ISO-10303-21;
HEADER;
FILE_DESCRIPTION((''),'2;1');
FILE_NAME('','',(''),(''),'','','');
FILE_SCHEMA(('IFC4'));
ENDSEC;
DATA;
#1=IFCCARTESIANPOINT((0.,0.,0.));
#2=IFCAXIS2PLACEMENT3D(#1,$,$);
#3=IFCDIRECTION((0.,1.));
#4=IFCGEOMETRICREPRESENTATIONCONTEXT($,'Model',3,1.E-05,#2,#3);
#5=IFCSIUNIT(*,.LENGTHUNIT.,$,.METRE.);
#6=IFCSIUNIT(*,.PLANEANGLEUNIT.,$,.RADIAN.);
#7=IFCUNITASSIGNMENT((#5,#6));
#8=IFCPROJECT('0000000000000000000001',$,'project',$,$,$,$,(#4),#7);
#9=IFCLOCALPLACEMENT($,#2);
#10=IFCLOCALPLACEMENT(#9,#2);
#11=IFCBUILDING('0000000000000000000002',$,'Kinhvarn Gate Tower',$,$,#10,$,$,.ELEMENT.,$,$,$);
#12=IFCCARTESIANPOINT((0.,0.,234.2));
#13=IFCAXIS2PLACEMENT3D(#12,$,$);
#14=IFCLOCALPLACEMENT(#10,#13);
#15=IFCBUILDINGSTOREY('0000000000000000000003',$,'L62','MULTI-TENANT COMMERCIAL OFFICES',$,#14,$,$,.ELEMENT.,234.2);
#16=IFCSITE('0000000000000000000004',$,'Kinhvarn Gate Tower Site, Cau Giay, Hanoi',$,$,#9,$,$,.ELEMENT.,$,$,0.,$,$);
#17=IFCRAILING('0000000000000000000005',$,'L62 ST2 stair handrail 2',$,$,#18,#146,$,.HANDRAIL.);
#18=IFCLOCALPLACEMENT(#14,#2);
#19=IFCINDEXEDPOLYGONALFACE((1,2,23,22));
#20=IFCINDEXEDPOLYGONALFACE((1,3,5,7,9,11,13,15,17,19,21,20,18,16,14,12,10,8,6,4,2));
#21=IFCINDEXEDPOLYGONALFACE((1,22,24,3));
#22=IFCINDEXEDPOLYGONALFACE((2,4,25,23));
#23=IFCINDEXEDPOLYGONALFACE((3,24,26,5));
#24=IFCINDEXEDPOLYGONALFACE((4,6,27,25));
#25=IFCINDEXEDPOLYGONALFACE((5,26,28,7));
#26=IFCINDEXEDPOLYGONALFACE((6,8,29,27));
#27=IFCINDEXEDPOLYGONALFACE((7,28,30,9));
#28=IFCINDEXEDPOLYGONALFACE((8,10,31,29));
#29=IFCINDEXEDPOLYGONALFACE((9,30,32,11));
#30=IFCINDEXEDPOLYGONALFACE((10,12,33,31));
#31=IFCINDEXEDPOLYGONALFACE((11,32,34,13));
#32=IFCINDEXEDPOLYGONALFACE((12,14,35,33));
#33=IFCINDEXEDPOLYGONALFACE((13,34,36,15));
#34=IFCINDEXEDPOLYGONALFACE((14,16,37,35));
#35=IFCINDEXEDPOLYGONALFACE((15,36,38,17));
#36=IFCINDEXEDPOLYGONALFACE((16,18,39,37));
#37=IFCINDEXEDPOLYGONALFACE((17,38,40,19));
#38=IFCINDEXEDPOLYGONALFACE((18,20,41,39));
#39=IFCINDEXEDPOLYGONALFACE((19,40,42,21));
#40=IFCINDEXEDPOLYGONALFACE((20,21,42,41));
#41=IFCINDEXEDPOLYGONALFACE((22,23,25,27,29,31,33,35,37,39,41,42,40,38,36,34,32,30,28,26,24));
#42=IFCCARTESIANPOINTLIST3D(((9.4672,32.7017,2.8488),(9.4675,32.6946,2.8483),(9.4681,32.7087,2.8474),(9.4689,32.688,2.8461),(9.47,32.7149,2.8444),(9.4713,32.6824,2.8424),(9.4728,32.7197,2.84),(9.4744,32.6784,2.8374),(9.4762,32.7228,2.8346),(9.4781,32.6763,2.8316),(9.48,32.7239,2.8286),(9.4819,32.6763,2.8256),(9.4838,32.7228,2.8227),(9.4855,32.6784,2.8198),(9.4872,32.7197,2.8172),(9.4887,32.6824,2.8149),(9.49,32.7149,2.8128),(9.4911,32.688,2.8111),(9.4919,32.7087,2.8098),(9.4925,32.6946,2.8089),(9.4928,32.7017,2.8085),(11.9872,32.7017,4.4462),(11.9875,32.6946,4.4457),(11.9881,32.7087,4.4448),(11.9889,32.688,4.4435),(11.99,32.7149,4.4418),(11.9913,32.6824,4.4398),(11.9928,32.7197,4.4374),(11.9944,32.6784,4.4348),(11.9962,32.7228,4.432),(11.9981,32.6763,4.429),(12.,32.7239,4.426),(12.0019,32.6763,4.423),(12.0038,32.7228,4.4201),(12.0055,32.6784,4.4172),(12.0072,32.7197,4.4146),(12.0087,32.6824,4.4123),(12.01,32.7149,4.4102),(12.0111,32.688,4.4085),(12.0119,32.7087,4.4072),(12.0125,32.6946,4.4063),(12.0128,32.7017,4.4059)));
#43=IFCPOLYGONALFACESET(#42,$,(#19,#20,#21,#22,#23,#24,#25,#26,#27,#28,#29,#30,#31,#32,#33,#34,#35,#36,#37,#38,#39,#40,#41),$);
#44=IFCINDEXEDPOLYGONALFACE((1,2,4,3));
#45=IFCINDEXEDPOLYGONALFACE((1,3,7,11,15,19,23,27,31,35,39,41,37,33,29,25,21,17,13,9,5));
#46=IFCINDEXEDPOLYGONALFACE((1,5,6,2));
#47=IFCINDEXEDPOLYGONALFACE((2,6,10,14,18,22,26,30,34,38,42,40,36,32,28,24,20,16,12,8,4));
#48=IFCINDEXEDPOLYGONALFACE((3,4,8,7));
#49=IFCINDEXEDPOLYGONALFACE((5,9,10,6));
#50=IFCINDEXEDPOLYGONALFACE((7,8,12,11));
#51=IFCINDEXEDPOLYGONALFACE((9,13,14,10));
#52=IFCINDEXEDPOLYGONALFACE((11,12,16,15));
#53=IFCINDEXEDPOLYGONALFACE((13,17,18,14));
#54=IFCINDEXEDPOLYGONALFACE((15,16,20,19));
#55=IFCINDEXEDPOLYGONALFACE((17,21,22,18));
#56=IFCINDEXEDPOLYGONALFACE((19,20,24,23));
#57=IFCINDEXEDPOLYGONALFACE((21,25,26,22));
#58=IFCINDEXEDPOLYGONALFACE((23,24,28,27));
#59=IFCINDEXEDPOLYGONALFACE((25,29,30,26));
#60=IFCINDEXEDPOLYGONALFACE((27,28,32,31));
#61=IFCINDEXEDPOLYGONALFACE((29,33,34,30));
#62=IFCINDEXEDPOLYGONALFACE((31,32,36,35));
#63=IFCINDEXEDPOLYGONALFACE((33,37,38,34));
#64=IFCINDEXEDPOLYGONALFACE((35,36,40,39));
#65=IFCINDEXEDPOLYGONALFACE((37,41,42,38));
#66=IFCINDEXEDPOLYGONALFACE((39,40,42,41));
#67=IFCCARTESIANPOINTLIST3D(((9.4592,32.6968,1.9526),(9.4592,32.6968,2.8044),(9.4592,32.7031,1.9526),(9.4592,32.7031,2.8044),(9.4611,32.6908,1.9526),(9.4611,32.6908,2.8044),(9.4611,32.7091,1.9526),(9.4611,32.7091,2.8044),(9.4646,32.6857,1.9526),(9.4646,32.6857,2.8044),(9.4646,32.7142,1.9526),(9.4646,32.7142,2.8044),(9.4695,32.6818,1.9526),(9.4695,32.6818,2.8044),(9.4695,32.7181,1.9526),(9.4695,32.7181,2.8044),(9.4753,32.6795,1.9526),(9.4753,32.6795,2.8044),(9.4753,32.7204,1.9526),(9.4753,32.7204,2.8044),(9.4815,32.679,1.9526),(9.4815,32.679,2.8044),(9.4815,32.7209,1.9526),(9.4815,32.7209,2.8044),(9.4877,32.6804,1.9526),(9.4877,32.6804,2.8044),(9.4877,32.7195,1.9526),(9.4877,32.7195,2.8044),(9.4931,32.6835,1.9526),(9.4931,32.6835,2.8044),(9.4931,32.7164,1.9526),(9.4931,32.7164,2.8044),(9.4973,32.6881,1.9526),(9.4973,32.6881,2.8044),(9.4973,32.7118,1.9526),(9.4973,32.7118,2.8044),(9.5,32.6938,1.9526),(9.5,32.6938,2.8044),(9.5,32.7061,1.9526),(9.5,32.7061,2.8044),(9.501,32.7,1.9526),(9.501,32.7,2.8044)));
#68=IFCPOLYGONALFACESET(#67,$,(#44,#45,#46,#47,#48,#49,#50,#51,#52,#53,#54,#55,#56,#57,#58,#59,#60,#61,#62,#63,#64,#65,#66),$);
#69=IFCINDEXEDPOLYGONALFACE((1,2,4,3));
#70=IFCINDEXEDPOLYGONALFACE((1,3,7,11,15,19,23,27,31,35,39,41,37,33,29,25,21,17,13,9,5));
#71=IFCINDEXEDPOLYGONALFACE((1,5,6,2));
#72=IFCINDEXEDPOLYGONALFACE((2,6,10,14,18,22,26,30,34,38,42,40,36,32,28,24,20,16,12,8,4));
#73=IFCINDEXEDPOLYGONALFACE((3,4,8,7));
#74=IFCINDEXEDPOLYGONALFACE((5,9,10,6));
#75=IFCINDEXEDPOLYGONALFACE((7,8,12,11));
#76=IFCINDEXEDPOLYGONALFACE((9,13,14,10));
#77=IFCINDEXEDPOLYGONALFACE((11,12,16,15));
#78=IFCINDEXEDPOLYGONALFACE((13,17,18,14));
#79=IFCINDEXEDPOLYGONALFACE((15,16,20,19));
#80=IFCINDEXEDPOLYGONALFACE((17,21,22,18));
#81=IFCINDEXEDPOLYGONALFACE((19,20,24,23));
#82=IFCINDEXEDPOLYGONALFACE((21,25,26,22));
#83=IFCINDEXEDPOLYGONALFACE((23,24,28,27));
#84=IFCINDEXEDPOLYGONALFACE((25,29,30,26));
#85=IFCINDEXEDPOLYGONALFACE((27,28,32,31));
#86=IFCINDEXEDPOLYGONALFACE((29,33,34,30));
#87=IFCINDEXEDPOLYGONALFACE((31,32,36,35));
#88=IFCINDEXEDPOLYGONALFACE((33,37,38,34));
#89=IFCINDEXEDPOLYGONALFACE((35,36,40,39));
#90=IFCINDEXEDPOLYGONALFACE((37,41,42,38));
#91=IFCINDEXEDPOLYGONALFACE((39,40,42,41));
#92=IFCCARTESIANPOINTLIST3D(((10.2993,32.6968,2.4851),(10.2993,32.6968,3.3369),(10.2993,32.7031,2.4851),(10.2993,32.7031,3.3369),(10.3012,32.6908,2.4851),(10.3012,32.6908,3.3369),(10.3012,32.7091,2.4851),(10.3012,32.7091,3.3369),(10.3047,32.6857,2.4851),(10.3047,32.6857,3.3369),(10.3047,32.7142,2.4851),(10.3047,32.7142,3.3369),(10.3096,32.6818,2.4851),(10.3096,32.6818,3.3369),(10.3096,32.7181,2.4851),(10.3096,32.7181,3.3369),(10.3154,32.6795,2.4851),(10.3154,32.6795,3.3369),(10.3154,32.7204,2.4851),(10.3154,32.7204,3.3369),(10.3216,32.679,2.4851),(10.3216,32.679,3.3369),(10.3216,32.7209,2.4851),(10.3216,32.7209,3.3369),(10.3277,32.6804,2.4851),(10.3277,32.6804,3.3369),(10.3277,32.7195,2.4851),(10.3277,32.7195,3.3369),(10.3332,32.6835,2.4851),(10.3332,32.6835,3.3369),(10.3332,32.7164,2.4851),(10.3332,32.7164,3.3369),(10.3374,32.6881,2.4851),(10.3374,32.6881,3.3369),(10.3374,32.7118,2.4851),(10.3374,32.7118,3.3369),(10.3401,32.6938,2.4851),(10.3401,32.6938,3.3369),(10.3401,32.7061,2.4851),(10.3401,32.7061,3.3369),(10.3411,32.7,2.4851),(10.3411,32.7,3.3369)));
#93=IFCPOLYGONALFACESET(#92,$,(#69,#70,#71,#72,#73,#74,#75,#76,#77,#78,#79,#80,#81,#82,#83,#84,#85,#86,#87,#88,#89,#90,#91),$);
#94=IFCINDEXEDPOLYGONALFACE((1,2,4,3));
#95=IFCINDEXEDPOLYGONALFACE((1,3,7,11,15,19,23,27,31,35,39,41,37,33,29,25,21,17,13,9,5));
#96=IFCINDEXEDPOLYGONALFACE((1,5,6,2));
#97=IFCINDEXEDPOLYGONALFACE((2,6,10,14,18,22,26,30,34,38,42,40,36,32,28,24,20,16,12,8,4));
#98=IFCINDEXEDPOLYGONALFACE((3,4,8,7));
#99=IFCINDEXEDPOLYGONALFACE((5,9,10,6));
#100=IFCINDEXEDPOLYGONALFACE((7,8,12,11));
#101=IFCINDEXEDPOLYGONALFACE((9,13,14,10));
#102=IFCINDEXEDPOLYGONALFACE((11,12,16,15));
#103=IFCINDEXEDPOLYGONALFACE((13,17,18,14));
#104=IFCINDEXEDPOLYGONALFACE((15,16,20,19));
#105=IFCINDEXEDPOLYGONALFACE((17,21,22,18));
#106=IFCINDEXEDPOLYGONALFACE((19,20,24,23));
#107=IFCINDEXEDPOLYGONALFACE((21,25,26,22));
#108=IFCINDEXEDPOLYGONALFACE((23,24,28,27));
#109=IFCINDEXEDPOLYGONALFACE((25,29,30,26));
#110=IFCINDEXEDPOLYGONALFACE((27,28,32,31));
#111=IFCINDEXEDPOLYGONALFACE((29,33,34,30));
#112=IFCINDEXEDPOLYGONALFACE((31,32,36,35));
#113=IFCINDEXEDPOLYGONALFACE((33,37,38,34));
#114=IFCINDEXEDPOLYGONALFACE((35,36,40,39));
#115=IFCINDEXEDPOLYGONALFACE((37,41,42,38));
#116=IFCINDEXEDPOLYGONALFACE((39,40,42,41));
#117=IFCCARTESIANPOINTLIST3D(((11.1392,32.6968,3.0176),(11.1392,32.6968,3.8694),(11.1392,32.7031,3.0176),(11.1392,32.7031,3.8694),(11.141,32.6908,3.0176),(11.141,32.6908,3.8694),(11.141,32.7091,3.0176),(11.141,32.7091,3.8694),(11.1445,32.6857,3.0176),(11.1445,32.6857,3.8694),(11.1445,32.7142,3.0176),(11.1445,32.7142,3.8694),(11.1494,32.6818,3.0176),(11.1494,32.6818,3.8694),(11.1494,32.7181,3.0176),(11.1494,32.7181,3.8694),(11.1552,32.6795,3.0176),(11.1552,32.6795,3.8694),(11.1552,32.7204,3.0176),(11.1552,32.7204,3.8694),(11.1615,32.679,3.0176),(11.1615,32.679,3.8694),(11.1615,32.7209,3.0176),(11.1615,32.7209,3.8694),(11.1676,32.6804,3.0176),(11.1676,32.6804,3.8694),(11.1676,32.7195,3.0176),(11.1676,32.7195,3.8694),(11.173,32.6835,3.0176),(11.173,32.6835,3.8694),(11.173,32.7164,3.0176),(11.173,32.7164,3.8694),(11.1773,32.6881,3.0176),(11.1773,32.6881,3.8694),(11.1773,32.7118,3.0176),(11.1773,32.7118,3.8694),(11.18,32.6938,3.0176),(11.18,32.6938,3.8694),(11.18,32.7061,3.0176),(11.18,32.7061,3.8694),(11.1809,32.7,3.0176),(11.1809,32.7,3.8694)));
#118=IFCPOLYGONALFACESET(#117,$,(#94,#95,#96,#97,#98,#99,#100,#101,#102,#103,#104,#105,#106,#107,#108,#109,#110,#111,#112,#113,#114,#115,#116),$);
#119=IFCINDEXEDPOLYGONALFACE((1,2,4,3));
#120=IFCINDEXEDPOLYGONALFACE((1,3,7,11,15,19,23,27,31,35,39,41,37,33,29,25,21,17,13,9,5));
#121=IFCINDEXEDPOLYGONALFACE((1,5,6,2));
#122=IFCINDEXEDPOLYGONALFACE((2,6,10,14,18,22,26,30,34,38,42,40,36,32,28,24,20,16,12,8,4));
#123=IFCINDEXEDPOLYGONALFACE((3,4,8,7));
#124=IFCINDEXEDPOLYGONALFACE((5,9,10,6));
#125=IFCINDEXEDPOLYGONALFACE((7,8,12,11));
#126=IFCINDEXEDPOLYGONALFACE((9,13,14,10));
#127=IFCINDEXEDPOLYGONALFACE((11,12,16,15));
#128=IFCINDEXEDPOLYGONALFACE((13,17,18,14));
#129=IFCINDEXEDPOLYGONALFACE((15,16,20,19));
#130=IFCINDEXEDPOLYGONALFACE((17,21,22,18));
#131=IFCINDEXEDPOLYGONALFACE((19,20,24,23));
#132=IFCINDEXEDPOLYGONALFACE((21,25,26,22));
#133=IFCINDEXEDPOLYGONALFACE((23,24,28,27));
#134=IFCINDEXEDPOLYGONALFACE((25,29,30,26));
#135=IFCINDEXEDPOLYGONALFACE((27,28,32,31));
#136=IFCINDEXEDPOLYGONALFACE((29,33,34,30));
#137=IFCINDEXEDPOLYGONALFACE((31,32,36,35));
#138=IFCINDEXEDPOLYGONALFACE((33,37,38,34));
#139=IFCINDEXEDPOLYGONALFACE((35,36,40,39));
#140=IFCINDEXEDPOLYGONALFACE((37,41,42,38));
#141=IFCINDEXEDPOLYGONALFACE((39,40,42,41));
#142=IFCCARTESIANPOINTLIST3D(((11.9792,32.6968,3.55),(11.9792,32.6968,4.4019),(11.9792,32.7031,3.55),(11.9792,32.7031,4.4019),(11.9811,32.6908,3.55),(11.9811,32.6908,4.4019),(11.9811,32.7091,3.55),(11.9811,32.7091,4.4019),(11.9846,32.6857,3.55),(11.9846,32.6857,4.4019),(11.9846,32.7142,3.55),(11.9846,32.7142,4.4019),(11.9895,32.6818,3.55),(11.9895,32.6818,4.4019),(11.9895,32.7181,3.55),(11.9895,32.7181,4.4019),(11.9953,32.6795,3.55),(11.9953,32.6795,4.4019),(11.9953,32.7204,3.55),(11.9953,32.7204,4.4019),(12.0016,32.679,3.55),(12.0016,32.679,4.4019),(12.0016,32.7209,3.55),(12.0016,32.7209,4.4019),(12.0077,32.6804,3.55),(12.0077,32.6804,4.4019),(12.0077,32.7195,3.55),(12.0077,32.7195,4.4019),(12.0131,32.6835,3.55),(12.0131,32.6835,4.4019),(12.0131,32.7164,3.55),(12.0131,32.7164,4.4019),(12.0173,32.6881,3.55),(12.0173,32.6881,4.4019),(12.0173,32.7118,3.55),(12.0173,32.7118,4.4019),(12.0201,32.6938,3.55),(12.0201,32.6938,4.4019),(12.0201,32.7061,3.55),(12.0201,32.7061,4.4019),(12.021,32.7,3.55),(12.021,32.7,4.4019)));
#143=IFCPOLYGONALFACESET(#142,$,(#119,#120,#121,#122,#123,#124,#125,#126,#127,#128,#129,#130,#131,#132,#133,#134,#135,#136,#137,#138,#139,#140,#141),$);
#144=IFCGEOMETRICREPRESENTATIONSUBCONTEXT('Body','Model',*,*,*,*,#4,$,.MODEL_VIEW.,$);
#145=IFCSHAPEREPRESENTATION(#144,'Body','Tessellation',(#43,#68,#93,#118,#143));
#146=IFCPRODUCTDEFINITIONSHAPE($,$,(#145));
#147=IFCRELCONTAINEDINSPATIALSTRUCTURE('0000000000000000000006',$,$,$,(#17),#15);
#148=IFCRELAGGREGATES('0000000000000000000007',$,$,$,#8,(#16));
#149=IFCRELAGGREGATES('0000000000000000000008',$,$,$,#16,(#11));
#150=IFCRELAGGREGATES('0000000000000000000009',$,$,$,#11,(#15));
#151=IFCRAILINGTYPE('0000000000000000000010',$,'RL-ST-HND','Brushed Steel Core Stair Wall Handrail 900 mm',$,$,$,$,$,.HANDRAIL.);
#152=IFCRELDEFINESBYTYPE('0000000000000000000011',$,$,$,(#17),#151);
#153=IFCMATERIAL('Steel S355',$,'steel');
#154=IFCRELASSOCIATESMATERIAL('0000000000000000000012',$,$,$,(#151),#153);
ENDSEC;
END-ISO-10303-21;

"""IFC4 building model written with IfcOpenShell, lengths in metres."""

from ifc_helpers import new_model, si_unit, direction, frame, origin, origin_2d, place, context, subcontext, project, spatial, circle, extrude, material, type_object, element, save


model = new_model("IFC4")

# Units and contexts
model_context = context("Model", 3, precision=1e-05, world=origin(), true_north=direction((0.0, 1.0)))
body_context = subcontext(model_context, "Body", "Model", "MODEL_VIEW")
ifc_project = project(units=[si_unit("LENGTHUNIT", "METRE"), si_unit("PLANEANGLEUNIT", "RADIAN")], contexts=[model_context])

# Site, building, storey
site_placement = place(None, origin())
site = spatial("IfcSite", under=ifc_project, at=site_placement, Name="Kinhvarn Gate Tower Site, Cau Giay, Hanoi", CompositionType="ELEMENT", RefElevation=0.0)
building_placement = place(site_placement, origin())
building = spatial("IfcBuilding", under=site, at=building_placement, Name="Kinhvarn Gate Tower", CompositionType="ELEMENT")
storey_placement = place(building_placement, frame((0.0, 0.0, 234.2)))
storey = spatial("IfcBuildingStorey", under=building, at=storey_placement, Name="L62", Description="MULTI-TENANT COMMERCIAL OFFICES", CompositionType="ELEMENT", Elevation=234.2)

# Railing
ifc_material_1 = material(Name="Steel S355", Category="steel")
railing_type_1 = type_object("IfcRailingType", Name="RL-ST-HND", Description="Brushed Steel Core Stair Wall Handrail 900 mm", PredefinedType="HANDRAIL", material=ifc_material_1)
railing_1_placement = place(storey_placement, frame((9.48, 32.7, 1.9526)))
element("IfcRailing", 1, at=railing_1_placement, inside=storey, type_object=railing_type_1, Name="L62 ST2 stair handrail 2", PredefinedType="HANDRAIL", context=body_context, shape_type="SweptSolid", body=[
    extrude(circle(Radius=0.0239, at=origin_2d()), frame((0.0, 0.0, 0.876), z_axis=(0.844607, 0.0, 0.535387), x_axis=(0.0, 1.0, 0.0)), (0.0, 0.0, 1.0), 2.9836),
    extrude(circle(Radius=0.021, at=origin_2d()), origin(), (0.0, 0.0, 1.0), 0.8518),
    extrude(circle(Radius=0.021, at=origin_2d()), frame((0.8401, 0.0, 0.5325)), (0.0, 0.0, 1.0), 0.8518),
    extrude(circle(Radius=0.021, at=origin_2d()), frame((1.6799, 0.0, 1.0649)), (0.0, 0.0, 1.0), 0.8518),
    extrude(circle(Radius=0.021, at=origin_2d()), frame((2.52, 0.0, 1.5974)), (0.0, 0.0, 1.0), 0.8518),
])

save(model, "model.ifc")
